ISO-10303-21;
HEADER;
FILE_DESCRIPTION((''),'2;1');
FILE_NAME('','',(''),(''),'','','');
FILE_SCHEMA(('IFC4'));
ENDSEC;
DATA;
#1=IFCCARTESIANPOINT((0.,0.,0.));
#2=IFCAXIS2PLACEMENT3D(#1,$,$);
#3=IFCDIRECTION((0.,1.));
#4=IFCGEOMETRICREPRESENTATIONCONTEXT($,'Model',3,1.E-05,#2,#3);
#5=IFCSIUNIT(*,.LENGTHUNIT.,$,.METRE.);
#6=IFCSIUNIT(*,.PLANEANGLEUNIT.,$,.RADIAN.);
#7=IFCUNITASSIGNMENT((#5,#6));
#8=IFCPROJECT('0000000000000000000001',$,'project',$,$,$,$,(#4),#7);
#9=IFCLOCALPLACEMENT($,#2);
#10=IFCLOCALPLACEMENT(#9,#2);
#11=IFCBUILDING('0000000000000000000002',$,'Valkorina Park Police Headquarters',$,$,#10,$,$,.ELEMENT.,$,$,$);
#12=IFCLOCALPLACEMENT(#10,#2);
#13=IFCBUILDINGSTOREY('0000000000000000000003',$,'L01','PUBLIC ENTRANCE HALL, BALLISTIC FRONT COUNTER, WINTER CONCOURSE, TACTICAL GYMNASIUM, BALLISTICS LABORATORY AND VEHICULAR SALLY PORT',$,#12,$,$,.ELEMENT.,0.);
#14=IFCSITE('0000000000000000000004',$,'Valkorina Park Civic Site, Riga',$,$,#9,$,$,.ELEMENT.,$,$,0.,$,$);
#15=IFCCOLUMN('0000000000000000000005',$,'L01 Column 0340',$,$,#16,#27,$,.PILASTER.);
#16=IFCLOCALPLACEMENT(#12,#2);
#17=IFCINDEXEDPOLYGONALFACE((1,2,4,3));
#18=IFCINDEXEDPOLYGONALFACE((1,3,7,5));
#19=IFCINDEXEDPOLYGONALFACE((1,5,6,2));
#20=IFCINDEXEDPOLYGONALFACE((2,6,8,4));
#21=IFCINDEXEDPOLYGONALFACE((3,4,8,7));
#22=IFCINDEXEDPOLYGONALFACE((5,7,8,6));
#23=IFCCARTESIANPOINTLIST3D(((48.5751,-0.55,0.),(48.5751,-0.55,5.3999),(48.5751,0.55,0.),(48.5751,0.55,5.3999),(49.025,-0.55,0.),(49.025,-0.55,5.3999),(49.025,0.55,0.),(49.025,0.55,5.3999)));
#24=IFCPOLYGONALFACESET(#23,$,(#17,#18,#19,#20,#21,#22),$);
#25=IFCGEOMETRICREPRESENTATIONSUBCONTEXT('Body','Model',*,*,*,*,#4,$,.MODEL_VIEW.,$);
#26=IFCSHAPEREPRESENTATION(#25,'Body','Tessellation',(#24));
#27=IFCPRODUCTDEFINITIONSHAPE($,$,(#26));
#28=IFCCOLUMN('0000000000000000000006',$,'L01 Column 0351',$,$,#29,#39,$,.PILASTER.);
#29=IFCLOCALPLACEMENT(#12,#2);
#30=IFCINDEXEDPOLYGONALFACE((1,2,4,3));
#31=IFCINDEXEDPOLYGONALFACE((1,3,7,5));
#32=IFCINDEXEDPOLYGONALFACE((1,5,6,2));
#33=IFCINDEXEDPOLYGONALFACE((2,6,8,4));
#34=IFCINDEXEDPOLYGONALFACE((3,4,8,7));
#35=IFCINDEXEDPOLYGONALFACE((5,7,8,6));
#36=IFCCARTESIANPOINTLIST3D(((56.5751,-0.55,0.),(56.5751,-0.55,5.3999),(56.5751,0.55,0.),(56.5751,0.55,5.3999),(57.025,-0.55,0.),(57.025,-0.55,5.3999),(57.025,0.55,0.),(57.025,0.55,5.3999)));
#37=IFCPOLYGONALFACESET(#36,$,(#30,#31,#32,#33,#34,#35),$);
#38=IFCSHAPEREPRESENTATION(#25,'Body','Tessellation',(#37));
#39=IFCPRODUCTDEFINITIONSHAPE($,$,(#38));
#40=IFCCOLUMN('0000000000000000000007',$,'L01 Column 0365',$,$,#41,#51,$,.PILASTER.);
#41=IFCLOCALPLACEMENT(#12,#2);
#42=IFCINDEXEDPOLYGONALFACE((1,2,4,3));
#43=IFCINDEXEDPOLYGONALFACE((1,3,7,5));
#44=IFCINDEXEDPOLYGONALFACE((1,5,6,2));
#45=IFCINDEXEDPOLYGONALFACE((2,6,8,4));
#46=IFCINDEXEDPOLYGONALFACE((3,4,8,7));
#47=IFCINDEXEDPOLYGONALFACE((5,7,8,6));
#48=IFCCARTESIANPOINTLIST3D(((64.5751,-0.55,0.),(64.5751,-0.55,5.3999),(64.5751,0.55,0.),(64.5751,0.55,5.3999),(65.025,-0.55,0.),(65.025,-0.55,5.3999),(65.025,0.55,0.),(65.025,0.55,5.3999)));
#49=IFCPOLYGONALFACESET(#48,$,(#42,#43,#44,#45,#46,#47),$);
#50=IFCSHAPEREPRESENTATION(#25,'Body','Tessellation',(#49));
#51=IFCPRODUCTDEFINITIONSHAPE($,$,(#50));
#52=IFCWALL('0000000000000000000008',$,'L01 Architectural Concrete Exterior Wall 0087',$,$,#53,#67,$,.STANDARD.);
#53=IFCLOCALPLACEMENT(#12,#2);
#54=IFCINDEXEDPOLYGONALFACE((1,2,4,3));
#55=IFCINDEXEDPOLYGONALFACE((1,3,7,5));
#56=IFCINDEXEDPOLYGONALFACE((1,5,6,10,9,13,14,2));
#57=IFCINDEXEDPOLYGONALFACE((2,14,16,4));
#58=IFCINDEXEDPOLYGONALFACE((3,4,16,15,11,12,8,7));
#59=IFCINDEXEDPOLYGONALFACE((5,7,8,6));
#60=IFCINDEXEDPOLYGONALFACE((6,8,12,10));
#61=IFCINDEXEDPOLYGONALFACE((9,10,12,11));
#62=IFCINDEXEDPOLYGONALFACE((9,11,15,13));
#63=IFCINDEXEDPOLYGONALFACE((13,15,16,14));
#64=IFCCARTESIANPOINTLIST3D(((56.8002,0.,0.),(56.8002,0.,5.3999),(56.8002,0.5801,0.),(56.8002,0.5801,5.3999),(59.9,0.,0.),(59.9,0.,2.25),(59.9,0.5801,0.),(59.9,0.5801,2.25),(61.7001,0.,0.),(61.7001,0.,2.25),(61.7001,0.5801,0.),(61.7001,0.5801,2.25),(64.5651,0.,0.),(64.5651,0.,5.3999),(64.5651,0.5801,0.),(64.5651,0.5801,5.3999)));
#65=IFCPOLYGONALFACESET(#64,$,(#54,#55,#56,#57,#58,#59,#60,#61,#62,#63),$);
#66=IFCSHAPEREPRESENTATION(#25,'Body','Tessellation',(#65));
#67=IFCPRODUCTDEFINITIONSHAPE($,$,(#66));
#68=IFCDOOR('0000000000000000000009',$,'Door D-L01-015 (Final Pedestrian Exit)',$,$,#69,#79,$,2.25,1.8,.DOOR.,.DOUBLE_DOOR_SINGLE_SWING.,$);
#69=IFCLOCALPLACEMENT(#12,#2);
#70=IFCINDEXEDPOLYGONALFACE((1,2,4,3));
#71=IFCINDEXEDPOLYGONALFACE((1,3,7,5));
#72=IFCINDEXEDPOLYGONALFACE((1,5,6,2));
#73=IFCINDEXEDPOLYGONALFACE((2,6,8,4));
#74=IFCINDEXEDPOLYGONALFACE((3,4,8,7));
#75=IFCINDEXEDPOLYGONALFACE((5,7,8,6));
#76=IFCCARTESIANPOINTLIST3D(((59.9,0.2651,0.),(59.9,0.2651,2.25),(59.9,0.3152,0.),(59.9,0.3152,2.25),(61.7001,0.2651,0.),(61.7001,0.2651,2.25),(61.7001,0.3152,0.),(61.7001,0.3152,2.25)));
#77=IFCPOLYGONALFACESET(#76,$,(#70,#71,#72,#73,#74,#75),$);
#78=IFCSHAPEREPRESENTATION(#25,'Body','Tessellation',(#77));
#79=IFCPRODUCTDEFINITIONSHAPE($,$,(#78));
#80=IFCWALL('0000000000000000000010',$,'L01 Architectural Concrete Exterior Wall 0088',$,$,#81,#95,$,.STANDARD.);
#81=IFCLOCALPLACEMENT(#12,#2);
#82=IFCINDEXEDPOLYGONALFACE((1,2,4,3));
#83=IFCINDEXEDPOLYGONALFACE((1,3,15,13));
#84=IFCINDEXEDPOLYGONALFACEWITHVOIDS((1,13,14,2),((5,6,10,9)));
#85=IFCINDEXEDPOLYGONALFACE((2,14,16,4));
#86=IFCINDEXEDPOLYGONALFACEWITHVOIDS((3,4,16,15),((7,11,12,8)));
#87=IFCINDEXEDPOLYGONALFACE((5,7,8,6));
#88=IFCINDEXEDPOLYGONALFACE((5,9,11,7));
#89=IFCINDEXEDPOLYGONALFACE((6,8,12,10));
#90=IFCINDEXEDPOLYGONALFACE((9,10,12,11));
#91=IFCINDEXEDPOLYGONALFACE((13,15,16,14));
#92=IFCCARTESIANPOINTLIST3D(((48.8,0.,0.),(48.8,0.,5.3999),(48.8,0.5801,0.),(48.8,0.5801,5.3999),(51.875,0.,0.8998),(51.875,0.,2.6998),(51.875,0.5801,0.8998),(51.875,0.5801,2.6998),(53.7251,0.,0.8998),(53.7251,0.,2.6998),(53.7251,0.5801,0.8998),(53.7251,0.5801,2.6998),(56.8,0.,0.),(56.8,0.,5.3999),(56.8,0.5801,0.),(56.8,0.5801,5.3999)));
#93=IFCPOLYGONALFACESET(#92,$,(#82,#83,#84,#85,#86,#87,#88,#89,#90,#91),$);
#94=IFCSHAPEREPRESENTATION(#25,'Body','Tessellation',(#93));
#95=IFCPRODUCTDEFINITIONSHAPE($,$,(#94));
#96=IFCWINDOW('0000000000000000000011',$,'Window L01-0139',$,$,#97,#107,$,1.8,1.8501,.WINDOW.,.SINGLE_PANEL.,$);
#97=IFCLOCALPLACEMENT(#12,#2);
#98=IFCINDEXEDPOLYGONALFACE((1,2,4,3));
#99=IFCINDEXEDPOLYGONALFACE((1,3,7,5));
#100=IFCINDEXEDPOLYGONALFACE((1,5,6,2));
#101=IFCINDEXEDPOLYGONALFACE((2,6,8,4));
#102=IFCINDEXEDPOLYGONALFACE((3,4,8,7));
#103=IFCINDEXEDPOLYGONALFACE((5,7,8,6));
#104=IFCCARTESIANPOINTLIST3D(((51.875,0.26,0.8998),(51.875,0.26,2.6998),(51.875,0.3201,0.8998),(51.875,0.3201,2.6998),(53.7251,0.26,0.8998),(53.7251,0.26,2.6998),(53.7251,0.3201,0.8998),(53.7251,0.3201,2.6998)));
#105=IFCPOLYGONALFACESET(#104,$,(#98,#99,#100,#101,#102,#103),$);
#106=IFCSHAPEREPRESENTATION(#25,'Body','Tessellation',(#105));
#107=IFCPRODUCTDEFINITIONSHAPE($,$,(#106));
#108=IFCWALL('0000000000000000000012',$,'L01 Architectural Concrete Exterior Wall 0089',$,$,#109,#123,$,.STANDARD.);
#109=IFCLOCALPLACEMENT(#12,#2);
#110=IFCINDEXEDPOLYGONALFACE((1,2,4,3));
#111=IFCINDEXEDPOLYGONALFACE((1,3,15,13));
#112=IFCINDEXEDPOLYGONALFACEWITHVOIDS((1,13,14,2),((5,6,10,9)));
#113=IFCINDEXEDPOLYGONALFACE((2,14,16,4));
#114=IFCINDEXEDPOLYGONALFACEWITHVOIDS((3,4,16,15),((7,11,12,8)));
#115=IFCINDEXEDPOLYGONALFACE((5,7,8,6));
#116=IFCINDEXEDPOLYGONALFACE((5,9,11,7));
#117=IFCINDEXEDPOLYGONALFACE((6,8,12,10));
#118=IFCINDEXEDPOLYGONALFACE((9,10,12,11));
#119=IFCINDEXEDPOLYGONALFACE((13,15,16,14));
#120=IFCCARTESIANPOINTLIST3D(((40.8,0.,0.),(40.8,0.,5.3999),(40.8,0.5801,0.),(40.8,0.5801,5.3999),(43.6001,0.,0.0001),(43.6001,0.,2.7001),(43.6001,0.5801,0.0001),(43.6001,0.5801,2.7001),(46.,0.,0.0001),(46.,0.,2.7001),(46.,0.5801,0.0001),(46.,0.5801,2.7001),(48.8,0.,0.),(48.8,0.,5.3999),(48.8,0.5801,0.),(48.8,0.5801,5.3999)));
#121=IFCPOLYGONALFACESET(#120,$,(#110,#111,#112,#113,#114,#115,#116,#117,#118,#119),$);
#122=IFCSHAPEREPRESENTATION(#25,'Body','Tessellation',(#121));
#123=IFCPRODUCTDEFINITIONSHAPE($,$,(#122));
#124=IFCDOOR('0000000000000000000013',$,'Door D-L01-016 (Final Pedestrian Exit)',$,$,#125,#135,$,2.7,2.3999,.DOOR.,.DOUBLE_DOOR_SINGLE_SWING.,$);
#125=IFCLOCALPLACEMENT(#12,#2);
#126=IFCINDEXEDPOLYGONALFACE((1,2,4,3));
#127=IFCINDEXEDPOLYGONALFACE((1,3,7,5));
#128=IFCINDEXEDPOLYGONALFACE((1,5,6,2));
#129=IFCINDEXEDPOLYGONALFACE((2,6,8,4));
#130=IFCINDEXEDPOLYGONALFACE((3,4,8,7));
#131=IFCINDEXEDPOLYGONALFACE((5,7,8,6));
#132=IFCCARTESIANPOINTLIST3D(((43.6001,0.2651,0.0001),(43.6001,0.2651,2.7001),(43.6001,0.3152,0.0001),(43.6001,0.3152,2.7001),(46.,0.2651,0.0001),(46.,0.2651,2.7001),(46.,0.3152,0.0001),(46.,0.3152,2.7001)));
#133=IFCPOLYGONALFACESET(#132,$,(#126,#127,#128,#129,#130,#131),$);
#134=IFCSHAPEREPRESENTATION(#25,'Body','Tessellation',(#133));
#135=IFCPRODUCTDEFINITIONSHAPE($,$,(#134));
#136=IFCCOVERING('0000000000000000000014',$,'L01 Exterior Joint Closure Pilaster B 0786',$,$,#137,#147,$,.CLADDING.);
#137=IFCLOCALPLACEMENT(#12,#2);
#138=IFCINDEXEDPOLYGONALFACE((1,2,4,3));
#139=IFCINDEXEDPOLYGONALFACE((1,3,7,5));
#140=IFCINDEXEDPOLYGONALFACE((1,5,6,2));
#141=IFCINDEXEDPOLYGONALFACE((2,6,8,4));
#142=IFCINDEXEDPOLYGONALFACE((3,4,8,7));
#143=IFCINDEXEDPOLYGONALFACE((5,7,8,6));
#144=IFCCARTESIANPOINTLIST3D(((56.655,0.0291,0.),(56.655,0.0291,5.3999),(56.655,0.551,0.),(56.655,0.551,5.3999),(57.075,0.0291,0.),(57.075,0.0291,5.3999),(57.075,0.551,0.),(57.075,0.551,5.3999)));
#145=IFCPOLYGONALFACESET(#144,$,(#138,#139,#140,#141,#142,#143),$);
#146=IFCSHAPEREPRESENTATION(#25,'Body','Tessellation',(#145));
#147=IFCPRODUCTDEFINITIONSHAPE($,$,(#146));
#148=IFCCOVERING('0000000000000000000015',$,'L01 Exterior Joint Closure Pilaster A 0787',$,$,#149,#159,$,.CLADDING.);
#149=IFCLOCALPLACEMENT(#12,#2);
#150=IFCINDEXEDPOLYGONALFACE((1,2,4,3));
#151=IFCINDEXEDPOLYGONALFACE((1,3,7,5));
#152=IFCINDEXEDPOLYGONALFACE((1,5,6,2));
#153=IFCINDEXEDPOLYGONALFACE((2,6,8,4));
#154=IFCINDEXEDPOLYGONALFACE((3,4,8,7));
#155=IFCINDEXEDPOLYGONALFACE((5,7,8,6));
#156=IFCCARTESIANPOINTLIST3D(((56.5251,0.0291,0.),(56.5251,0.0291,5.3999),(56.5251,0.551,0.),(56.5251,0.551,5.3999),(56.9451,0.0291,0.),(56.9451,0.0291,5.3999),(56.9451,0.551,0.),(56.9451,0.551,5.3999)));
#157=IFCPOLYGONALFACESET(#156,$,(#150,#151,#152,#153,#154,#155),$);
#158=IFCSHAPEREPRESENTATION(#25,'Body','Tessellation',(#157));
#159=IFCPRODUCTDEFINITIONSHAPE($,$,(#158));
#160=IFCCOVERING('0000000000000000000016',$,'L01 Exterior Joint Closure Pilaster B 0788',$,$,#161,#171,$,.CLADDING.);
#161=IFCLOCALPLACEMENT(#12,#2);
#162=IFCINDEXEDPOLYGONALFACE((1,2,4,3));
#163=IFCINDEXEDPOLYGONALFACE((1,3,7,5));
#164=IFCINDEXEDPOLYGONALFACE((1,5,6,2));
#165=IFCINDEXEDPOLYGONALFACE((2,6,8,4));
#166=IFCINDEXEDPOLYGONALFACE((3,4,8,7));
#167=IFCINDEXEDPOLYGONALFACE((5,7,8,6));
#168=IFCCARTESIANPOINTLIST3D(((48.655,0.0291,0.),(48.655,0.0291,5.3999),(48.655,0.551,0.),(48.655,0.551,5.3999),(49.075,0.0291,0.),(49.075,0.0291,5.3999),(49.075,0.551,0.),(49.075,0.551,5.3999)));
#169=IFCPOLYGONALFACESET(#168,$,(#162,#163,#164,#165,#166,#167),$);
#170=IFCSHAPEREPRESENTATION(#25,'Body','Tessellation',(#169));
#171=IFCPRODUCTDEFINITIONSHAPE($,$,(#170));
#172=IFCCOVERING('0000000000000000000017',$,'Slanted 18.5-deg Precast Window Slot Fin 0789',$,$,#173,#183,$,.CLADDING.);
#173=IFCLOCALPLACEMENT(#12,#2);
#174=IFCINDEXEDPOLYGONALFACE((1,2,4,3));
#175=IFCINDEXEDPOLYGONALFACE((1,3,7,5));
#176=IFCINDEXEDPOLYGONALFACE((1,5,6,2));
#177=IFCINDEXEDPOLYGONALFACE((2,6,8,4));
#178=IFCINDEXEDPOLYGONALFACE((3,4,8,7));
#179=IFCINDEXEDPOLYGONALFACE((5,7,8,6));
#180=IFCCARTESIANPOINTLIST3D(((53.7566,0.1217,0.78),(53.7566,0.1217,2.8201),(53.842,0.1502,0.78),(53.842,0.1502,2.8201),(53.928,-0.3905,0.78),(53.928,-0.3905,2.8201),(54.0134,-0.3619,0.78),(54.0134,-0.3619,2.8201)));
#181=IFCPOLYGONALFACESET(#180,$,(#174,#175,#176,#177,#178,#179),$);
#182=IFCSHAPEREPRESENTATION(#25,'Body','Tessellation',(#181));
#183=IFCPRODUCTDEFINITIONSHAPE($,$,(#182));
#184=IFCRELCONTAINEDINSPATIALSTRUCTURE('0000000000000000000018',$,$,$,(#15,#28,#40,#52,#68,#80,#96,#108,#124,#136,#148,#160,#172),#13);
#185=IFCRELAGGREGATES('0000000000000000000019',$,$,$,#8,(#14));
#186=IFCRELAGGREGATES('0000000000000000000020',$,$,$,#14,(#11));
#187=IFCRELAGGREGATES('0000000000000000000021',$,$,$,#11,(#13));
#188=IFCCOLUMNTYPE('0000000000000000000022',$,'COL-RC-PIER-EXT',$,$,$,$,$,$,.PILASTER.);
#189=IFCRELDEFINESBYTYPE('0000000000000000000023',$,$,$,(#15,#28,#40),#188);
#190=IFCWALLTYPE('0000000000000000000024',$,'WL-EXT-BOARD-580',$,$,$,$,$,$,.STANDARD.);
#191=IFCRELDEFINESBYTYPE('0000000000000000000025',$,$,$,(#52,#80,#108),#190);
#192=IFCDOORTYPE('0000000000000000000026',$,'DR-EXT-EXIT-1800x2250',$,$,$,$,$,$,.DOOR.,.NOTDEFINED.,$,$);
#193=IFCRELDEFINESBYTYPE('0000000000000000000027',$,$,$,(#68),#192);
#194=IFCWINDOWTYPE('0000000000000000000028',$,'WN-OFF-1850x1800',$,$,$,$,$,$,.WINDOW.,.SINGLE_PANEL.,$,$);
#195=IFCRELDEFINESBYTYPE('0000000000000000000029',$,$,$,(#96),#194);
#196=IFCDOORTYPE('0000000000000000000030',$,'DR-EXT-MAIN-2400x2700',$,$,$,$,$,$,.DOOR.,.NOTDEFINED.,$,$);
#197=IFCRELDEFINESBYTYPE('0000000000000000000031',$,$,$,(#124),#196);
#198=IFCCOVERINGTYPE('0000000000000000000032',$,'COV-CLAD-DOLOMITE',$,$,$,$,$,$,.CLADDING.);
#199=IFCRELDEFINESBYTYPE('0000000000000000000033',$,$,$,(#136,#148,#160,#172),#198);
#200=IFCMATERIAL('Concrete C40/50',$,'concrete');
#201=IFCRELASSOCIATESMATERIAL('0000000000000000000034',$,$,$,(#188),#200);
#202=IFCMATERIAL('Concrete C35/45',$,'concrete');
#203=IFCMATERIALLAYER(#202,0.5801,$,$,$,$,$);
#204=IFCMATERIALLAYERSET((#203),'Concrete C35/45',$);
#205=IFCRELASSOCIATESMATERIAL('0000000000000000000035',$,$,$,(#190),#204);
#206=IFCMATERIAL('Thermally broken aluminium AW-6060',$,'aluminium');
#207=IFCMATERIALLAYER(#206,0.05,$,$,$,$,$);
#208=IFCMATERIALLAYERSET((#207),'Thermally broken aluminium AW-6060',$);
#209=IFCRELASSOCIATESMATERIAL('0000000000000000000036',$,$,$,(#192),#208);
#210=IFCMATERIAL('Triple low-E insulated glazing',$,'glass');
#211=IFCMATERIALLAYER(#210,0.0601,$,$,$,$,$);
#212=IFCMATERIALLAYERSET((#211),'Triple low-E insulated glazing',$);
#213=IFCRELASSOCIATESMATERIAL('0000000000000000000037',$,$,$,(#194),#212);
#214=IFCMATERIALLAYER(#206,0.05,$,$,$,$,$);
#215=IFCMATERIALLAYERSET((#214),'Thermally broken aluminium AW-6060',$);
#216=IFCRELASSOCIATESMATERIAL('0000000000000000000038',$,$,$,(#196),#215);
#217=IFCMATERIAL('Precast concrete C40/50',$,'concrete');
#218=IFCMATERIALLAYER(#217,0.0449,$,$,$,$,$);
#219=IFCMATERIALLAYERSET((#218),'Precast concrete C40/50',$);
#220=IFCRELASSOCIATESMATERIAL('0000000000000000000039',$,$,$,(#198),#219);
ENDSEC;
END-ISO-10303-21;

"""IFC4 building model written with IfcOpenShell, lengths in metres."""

from ifc_helpers import new_model, si_unit, direction, frame, frame_2d, origin, origin_2d, place, context, subcontext, project, spatial, rectangle, extrude, material, layer, layer_set, material_profile, profile_set, type_object, element, fill, save


model = new_model("IFC4")

# Units and contexts
model_context = context("Model", 3, precision=1e-05, world=origin(), true_north=direction((0.0, 1.0)))
body_context = subcontext(model_context, "Body", "Model", "MODEL_VIEW")
ifc_project = project(units=[si_unit("LENGTHUNIT", "METRE"), si_unit("PLANEANGLEUNIT", "RADIAN")], contexts=[model_context])

# Site, building, storey
site_placement = place(None, origin())
site = spatial("IfcSite", under=ifc_project, at=site_placement, Name="Valkorina Park Civic Site, Riga", CompositionType="ELEMENT", RefElevation=0.0)
building_placement = place(site_placement, origin())
building = spatial("IfcBuilding", under=site, at=building_placement, Name="Valkorina Park Police Headquarters", CompositionType="ELEMENT")
storey_placement = place(building_placement, origin())
storey = spatial("IfcBuildingStorey", under=building, at=storey_placement, Name="L01", Description="PUBLIC ENTRANCE HALL, BALLISTIC FRONT COUNTER, WINTER CONCOURSE, TACTICAL GYMNASIUM, BALLISTICS LABORATORY AND VEHICULAR SALLY PORT", CompositionType="ELEMENT", Elevation=0.0)

# Columns
ifc_material_1 = material(Name="Concrete C40/50", Category="concrete")
ifc_material_profile = material_profile(ifc_material_1, rectangle(XDim=0.45, YDim=1.1001, at=origin_2d()), Name="RC PIER 450x1100")
ifc_profile_set = profile_set([ifc_material_profile], Name="Concrete C40/50")
column_type = type_object("IfcColumnType", Name="COL-RC-PIER-EXT", PredefinedType="PILASTER", material=ifc_profile_set)
for number, where, z_axis, x_axis, name in (
    (1, (48.8, 0.0, 0.0), (0.0, 0.0, 1.0), (1.0, 0.0, 0.0), "L01 Column 0340"),
    (2, (56.8, 0.0, 0.0), (0.0, 0.0, 1.0), (1.0, 0.0, 0.0), "L01 Column 0351"),
    (3, (64.8, 0.0, 0.0), (0.0, 0.0, 1.0), (1.0, 0.0, 0.0), "L01 Column 0365"),
):
    element("IfcColumn", number, at=place(storey_placement, frame(where, z_axis=z_axis, x_axis=x_axis)), inside=storey, type_object=column_type, Name=name, PredefinedType="PILASTER", context=body_context, shape_type="SweptSolid", body=[
        extrude(rectangle(XDim=0.45, YDim=1.1001, at=origin_2d()), origin(), (0.0, 0.0, 1.0), 5.3999),
    ])

# Wall, opening, door
ifc_material_2 = material(Name="Concrete C35/45", Category="concrete")
ifc_layer_1 = layer(ifc_material_2, 0.5801)
ifc_layer_set_1 = layer_set([ifc_layer_1], Name="Concrete C35/45")
wall_type = type_object("IfcWallType", Name="WL-EXT-BOARD-580", PredefinedType="STANDARD", material=ifc_layer_set_1)
wall_1_placement = place(storey_placement, frame((64.5649, 0.29, 0.0), z_axis=(0.0, 0.0, 1.0), x_axis=(-1.0, 0.0, 0.0)))
wall_1 = element("IfcWall", 4, at=wall_1_placement, inside=storey, type_object=wall_type, Name="L01 Architectural Concrete Exterior Wall 0087", PredefinedType="STANDARD", context=body_context, shape_type="SweptSolid", body=[
    extrude(rectangle(XDim=7.7649, YDim=0.5801, at=frame_2d((3.8823, 0.0))), origin(), (0.0, 0.0, 1.0), 5.3999),
])
opening_1_placement = place(wall_1_placement, frame((2.865, 0.0, 0.0)))
opening_1 = element("IfcOpeningElement", 5, at=opening_1_placement, cuts=wall_1, PredefinedType="OPENING", context=body_context, shape_type="SweptSolid", body=[
    extrude(rectangle(XDim=1.8, YDim=2.25, at=frame_2d((0.8999, 1.125))), frame((0.0, 0.3, 0.0), z_axis=(0.0, -1.0, 0.0), x_axis=(1.0, 0.0, 0.0)), (0.0, 0.0, 1.0), 0.6001),
])
ifc_material_3 = material(Name="Thermally broken aluminium AW-6060", Category="aluminium")
ifc_layer_2 = layer(ifc_material_3, 0.05)
ifc_layer_set_2 = layer_set([ifc_layer_2], Name="Thermally broken aluminium AW-6060")
door_type_1 = type_object("IfcDoorType", Name="DR-EXT-EXIT-1800x2250", OperationType="NOTDEFINED", PredefinedType="DOOR", material=ifc_layer_set_2)
door_1_placement = place(opening_1_placement, origin())
door_1 = element("IfcDoor", 6, at=door_1_placement, inside=storey, type_object=door_type_1, Name="Door D-L01-015 (Final Pedestrian Exit)", OperationType="DOUBLE_DOOR_SINGLE_SWING", OverallHeight=2.25, OverallWidth=1.8, PredefinedType="DOOR", context=body_context, shape_type="SweptSolid", body=[
    extrude(rectangle(XDim=1.8, YDim=2.25, at=frame_2d((0.8999, 1.125))), frame((0.0, 0.0249, 0.0), z_axis=(0.0, -1.0, 0.0), x_axis=(1.0, 0.0, 0.0)), (0.0, 0.0, 1.0), 0.05),
])
fill(opening_1, door_1)

# Wall, opening, window
wall_2_placement = place(storey_placement, frame((56.8, 0.29, 0.0), z_axis=(0.0, 0.0, 1.0), x_axis=(-1.0, 0.0, 0.0)))
wall_2 = element("IfcWall", 7, at=wall_2_placement, inside=storey, type_object=wall_type, Name="L01 Architectural Concrete Exterior Wall 0088", PredefinedType="STANDARD", context=body_context, shape_type="SweptSolid", body=[
    extrude(rectangle(XDim=8.0, YDim=0.5801, at=frame_2d((4.0, 0.0))), origin(), (0.0, 0.0, 1.0), 5.3999),
])
opening_2_placement = place(wall_2_placement, frame((3.075, 0.0, 0.8999)))
opening_2 = element("IfcOpeningElement", 8, at=opening_2_placement, cuts=wall_2, PredefinedType="OPENING", context=body_context, shape_type="SweptSolid", body=[
    extrude(rectangle(XDim=1.8501, YDim=1.8, at=frame_2d((0.925, 0.8999))), frame((0.0, 0.3, 0.0), z_axis=(0.0, -1.0, 0.0), x_axis=(1.0, 0.0, 0.0)), (0.0, 0.0, 1.0), 0.6001),
])
ifc_material_4 = material(Name="Triple low-E insulated glazing", Category="glass")
ifc_layer_3 = layer(ifc_material_4, 0.0601)
ifc_layer_set_3 = layer_set([ifc_layer_3], Name="Triple low-E insulated glazing")
window_type = type_object("IfcWindowType", Name="WN-OFF-1850x1800", PartitioningType="SINGLE_PANEL", PredefinedType="WINDOW", material=ifc_layer_set_3)
window_placement = place(opening_2_placement, origin())
window = element("IfcWindow", 9, at=window_placement, inside=storey, type_object=window_type, Name="Window L01-0139", OverallHeight=1.8, OverallWidth=1.8501, PartitioningType="SINGLE_PANEL", PredefinedType="WINDOW", context=body_context, shape_type="SweptSolid", body=[
    extrude(rectangle(XDim=1.8501, YDim=1.8, at=frame_2d((0.925, 0.8999))), frame((0.0, 0.03, 0.0), z_axis=(0.0, -1.0, 0.0), x_axis=(1.0, 0.0, 0.0)), (0.0, 0.0, 1.0), 0.0601),
])
fill(opening_2, window)

# Wall, opening, door
wall_3_placement = place(storey_placement, frame((48.8, 0.29, 0.0), z_axis=(0.0, 0.0, 1.0), x_axis=(-1.0, 0.0, 0.0)))
wall_3 = element("IfcWall", 10, at=wall_3_placement, inside=storey, type_object=wall_type, Name="L01 Architectural Concrete Exterior Wall 0089", PredefinedType="STANDARD", context=body_context, shape_type="SweptSolid", body=[
    extrude(rectangle(XDim=8.0, YDim=0.5801, at=frame_2d((4.0, 0.0))), origin(), (0.0, 0.0, 1.0), 5.3999),
])
opening_3_placement = place(wall_3_placement, frame((2.8, 0.0, 0.0)))
opening_3 = element("IfcOpeningElement", 11, at=opening_3_placement, cuts=wall_3, PredefinedType="OPENING", context=body_context, shape_type="SweptSolid", body=[
    extrude(rectangle(XDim=2.3999, YDim=2.7, at=frame_2d((1.2, 1.3501))), frame((0.0, 0.3, 0.0), z_axis=(0.0, -1.0, 0.0), x_axis=(1.0, 0.0, 0.0)), (0.0, 0.0, 1.0), 0.6001),
])
ifc_layer_4 = layer(ifc_material_3, 0.05)
ifc_layer_set_4 = layer_set([ifc_layer_4], Name="Thermally broken aluminium AW-6060")
door_type_2 = type_object("IfcDoorType", Name="DR-EXT-MAIN-2400x2700", OperationType="NOTDEFINED", PredefinedType="DOOR", material=ifc_layer_set_4)
door_2_placement = place(opening_3_placement, origin())
door_2 = element("IfcDoor", 12, at=door_2_placement, inside=storey, type_object=door_type_2, Name="Door D-L01-016 (Final Pedestrian Exit)", OperationType="DOUBLE_DOOR_SINGLE_SWING", OverallHeight=2.7, OverallWidth=2.3999, PredefinedType="DOOR", context=body_context, shape_type="SweptSolid", body=[
    extrude(rectangle(XDim=2.3999, YDim=2.7, at=frame_2d((1.2, 1.3501))), frame((0.0, 0.0249, 0.0), z_axis=(0.0, -1.0, 0.0), x_axis=(1.0, 0.0, 0.0)), (0.0, 0.0, 1.0), 0.05),
])
fill(opening_3, door_2)

# Coverings
ifc_material_5 = material(Name="Precast concrete C40/50", Category="concrete")
ifc_layer_5 = layer(ifc_material_5, 0.0449)
ifc_layer_set_5 = layer_set([ifc_layer_5], Name="Precast concrete C40/50")
covering_type = type_object("IfcCoveringType", Name="COV-CLAD-DOLOMITE", PredefinedType="CLADDING", material=ifc_layer_set_5)
for number, where, z_axis, x_axis, name in (
    (13, (56.865, 0.29, 0.0), (0.0, 0.0, 1.0), (1.0, 0.0, 0.0), "L01 Exterior Joint Closure Pilaster B 0786"),
    (14, (56.7351, 0.29, 0.0), (0.0, 0.0, 1.0), (1.0, 0.0, 0.0), "L01 Exterior Joint Closure Pilaster A 0787"),
    (15, (48.865, 0.29, 0.0), (0.0, 0.0, 1.0), (1.0, 0.0, 0.0), "L01 Exterior Joint Closure Pilaster B 0788"),
):
    element("IfcCovering", number, at=place(storey_placement, frame(where, z_axis=z_axis, x_axis=x_axis)), inside=storey, type_object=covering_type, Name=name, PredefinedType="CLADDING", context=body_context, shape_type="SweptSolid", body=[
        extrude(rectangle(XDim=0.4199, YDim=0.522, at=origin_2d()), origin(), (0.0, 0.0, 1.0), 5.3999),
    ])
for number, where, z_axis, x_axis, name in (
    (16, (53.885, -0.1201, 0.78), (0.0, 0.0, 1.0), (0.317305, -0.948324, 0.0), "Slanted 18.5-deg Precast Window Slot Fin 0789"),
):
    element("IfcCovering", number, at=place(storey_placement, frame(where, z_axis=z_axis, x_axis=x_axis)), inside=storey, type_object=covering_type, Name=name, PredefinedType="CLADDING", context=body_context, shape_type="SweptSolid", body=[
        extrude(rectangle(XDim=0.54, YDim=0.0901, at=origin_2d()), origin(), (0.0, 0.0, 1.0), 2.04),
    ])

save(model, "model.ifc")
